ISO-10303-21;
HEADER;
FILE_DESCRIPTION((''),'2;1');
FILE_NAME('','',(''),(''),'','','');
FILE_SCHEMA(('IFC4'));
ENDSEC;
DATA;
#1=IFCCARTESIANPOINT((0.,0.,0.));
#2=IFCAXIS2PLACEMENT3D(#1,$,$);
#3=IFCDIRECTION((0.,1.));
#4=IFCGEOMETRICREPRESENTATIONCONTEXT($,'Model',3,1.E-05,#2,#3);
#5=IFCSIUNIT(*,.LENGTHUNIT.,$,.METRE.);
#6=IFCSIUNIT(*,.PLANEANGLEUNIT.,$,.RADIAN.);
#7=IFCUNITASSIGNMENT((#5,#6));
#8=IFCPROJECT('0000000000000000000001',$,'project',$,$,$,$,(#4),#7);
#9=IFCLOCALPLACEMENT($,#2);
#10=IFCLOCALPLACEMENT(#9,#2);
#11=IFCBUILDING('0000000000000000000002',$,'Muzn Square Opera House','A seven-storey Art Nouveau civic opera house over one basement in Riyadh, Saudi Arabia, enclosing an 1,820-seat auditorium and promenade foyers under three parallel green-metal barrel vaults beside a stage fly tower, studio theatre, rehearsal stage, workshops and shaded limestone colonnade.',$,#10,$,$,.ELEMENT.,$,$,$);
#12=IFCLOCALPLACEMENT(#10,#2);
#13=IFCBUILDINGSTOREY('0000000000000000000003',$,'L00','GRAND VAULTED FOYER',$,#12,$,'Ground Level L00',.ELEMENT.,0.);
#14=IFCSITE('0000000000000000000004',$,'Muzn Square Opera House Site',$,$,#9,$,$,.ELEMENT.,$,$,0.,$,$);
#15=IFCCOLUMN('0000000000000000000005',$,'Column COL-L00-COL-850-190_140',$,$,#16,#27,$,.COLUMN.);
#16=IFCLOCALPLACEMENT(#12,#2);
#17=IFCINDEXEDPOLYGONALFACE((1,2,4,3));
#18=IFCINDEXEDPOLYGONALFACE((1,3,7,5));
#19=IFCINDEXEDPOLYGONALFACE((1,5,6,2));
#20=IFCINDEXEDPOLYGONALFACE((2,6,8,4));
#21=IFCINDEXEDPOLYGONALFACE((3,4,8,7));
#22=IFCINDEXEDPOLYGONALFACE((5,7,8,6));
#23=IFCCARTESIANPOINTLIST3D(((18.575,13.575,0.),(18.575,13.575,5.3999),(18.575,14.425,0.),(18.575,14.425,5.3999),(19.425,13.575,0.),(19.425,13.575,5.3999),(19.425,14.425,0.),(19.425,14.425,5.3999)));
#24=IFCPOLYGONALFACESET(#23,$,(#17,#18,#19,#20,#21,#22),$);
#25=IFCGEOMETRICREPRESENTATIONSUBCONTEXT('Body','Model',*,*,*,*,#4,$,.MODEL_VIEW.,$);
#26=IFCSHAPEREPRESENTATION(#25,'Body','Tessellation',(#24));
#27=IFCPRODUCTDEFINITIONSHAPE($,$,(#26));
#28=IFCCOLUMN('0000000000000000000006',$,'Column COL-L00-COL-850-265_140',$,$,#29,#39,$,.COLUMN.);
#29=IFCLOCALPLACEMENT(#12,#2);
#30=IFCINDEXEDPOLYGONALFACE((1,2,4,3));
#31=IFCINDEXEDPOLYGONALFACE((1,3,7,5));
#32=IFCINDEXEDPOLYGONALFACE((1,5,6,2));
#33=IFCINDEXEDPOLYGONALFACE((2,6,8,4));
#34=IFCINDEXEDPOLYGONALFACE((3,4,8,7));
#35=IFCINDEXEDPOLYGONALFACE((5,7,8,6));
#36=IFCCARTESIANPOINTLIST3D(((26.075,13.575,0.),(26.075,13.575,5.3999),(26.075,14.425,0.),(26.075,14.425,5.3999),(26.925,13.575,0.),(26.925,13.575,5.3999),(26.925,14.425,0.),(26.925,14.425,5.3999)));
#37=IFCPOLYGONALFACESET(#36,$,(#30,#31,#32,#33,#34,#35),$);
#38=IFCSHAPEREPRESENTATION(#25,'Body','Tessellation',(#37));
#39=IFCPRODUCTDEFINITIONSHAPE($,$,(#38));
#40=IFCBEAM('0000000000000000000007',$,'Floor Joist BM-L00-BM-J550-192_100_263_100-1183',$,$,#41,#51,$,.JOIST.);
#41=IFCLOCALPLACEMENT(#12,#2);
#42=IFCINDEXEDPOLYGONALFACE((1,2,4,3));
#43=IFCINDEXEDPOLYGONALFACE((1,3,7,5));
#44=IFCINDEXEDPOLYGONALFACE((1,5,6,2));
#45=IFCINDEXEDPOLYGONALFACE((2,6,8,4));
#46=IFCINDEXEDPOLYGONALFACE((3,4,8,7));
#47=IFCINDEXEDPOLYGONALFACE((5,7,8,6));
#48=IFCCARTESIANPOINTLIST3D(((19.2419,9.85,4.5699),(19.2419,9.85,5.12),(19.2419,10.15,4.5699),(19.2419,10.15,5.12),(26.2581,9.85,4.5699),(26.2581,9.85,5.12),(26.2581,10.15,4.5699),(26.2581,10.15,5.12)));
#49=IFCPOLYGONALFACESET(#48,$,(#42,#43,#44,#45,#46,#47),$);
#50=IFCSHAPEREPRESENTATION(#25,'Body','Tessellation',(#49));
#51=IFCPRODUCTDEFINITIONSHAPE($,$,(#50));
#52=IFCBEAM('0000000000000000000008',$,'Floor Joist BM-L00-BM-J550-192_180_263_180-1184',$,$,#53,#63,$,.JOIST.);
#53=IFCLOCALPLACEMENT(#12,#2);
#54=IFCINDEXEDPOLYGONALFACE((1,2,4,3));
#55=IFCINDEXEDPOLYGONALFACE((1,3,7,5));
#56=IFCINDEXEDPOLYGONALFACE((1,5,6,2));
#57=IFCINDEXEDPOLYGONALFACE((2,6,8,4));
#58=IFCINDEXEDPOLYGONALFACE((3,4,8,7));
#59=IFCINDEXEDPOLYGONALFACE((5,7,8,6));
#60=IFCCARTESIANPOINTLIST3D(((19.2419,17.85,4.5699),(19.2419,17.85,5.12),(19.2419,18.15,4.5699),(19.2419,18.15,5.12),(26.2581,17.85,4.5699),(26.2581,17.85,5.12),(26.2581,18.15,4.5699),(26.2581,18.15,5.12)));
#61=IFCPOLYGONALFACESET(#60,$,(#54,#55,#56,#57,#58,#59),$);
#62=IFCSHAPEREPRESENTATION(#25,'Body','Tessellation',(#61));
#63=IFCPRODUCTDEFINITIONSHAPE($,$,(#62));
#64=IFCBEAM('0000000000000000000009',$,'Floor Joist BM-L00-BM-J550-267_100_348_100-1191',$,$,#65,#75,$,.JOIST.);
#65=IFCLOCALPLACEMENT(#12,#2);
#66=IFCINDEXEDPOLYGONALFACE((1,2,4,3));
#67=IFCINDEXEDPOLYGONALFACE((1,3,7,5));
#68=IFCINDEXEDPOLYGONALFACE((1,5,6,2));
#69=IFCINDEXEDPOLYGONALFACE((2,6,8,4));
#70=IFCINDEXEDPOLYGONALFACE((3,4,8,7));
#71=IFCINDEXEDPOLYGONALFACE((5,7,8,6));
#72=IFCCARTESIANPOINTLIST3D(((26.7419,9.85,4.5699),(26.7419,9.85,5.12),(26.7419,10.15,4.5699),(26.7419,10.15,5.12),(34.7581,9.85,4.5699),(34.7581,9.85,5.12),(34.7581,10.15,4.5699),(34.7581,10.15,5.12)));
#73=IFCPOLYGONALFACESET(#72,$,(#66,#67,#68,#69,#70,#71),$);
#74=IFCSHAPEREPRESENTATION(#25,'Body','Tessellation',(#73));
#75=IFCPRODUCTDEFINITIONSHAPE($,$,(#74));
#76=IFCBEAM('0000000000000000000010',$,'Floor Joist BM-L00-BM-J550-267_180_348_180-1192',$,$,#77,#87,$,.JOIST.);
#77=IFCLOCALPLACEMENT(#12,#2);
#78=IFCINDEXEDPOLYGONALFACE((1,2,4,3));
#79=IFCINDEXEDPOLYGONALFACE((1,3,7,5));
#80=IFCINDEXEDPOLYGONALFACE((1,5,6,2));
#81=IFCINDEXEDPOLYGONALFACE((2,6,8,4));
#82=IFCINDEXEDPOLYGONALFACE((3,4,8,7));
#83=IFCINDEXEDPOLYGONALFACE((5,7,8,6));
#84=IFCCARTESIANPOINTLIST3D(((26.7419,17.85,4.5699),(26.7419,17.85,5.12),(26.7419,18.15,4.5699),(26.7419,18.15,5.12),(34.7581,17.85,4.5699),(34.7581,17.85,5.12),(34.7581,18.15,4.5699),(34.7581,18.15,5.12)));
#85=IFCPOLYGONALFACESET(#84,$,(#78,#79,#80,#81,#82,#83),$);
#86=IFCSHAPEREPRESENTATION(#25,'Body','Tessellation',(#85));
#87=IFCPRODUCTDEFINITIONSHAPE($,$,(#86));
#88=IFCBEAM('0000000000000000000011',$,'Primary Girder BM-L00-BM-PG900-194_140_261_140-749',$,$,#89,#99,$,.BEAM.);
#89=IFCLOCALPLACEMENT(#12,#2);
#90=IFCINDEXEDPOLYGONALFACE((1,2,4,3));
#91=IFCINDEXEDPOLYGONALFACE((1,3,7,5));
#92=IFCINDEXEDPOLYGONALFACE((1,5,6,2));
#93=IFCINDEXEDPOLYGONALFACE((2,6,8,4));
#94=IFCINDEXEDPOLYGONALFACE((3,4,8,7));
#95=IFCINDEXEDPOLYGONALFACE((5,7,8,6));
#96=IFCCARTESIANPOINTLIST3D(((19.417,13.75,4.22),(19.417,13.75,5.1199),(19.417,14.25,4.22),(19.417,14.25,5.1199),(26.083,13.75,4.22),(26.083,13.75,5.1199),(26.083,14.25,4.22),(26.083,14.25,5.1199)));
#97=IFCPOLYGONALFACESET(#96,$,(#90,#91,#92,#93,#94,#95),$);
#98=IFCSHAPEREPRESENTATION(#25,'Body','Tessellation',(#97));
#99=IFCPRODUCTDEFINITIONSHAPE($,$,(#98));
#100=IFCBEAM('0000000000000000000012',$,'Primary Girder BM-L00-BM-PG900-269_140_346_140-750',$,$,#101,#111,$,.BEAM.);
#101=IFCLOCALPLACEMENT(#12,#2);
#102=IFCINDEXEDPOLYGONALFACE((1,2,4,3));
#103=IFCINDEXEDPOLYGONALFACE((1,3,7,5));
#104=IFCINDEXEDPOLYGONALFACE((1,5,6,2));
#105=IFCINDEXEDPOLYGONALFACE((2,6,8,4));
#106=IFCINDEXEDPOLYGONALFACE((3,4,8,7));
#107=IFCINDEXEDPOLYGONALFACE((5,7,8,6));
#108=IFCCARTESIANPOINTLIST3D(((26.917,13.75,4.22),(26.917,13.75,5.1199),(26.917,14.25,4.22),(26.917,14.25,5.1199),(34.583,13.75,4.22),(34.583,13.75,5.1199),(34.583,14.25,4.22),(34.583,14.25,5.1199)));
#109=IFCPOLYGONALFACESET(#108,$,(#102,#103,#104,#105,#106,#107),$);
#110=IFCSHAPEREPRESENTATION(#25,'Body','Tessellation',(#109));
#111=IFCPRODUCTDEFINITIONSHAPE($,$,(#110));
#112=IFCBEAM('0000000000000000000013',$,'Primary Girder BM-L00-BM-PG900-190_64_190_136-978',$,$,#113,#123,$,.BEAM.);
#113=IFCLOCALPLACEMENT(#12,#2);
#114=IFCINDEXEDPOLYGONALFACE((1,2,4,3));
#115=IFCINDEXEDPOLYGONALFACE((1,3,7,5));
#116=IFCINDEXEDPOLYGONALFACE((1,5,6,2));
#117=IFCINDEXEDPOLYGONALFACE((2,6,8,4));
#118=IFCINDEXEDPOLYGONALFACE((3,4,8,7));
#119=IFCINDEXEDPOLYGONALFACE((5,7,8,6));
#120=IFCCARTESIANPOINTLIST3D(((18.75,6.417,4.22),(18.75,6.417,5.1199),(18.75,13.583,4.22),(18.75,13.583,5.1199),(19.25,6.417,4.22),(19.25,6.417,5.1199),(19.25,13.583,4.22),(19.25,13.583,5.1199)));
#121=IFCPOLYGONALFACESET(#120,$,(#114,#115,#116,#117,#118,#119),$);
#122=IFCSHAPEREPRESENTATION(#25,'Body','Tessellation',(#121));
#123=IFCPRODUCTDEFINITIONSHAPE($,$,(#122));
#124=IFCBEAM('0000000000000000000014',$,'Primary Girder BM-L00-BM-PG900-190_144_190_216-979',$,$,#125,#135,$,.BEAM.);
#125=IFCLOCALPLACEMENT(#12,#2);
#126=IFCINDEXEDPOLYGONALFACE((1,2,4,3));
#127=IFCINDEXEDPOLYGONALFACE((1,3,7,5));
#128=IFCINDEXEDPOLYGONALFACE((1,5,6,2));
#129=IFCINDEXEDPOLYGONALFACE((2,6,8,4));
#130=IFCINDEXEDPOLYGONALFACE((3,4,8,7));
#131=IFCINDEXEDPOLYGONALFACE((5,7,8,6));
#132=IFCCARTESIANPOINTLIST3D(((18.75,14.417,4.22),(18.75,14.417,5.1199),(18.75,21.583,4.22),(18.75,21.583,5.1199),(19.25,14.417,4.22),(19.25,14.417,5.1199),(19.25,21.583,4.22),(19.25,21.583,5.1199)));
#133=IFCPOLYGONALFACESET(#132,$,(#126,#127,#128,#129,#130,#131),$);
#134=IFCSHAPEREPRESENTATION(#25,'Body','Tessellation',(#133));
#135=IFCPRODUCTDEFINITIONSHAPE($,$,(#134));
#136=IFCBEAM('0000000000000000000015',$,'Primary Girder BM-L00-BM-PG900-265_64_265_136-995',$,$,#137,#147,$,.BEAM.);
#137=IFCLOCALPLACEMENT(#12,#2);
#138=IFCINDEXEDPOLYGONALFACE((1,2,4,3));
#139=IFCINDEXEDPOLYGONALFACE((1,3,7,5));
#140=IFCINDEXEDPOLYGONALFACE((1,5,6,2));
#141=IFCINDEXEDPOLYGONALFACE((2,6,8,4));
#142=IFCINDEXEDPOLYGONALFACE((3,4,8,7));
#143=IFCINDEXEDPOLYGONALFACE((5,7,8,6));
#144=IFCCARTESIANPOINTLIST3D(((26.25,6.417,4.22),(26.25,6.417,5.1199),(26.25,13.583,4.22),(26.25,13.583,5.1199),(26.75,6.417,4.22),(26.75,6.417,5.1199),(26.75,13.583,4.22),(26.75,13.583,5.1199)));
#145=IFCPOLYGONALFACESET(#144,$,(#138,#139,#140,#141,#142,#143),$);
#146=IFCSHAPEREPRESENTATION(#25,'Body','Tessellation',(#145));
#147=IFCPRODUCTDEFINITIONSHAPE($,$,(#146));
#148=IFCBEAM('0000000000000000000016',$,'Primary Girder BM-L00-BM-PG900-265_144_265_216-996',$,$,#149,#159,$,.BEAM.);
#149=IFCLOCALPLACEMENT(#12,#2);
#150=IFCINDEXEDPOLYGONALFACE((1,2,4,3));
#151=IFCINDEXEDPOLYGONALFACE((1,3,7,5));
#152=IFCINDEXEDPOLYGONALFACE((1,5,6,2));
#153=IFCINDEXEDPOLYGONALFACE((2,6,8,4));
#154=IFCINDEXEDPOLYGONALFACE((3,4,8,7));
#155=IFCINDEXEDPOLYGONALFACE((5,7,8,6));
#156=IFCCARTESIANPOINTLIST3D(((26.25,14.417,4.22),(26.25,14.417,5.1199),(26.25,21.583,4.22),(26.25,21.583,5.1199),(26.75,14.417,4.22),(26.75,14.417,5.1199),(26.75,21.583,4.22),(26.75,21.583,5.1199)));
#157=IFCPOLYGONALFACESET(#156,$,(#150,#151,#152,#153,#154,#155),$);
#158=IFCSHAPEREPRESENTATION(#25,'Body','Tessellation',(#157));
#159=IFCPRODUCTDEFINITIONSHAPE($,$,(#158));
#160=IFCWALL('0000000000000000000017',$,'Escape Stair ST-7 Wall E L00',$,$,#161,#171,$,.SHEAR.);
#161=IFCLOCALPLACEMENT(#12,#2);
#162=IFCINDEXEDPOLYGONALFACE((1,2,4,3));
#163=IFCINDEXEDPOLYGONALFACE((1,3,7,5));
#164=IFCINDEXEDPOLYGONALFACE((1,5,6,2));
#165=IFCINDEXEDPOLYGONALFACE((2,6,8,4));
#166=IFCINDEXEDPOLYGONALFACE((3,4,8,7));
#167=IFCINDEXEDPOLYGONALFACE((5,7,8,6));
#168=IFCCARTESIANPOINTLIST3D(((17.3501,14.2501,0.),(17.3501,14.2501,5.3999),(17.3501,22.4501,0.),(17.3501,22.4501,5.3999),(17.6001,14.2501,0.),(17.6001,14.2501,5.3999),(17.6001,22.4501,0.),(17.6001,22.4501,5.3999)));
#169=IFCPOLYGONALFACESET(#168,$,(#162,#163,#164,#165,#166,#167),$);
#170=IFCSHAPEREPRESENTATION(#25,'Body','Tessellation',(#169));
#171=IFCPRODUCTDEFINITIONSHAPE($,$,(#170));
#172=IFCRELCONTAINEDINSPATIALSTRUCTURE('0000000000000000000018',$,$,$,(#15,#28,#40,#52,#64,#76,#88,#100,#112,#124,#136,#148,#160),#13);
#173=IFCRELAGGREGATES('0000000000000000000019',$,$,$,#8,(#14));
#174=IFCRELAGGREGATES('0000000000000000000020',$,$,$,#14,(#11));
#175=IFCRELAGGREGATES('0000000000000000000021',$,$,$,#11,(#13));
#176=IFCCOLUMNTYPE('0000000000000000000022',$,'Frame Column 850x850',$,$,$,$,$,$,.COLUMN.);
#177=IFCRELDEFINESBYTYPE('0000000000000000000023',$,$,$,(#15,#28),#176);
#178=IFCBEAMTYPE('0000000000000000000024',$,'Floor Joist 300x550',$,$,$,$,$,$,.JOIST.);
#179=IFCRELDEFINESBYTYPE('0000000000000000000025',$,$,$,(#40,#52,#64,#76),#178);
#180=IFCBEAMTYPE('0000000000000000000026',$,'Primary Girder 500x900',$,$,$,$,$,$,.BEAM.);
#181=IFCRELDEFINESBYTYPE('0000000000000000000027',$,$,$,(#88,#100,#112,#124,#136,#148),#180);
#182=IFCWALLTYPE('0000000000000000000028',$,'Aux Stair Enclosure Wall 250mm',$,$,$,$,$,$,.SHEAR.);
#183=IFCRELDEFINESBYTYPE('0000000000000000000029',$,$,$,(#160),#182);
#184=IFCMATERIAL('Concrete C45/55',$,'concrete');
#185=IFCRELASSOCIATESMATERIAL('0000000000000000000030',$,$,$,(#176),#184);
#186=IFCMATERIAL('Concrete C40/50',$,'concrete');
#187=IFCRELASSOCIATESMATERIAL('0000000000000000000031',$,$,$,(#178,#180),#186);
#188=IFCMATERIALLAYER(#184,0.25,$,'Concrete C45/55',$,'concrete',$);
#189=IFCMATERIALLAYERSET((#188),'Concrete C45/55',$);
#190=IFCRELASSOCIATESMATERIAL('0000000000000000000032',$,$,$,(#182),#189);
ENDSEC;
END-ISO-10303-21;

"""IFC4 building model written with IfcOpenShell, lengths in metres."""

from ifc_helpers import new_model, si_unit, direction, frame, frame_2d, origin, origin_2d, place, context, subcontext, project, spatial, rectangle, extrude, material, layer, layer_set, material_profile, profile_set, type_object, element, save


model = new_model("IFC4")

# Units and contexts
model_context = context("Model", 3, precision=1e-05, world=origin(), true_north=direction((0.0, 1.0)))
body_context = subcontext(model_context, "Body", "Model", "MODEL_VIEW")
ifc_project = project(units=[si_unit("LENGTHUNIT", "METRE"), si_unit("PLANEANGLEUNIT", "RADIAN")], contexts=[model_context])

# Site, building, storey
site_placement = place(None, origin())
site = spatial("IfcSite", under=ifc_project, at=site_placement, Name="Muzn Square Opera House Site", CompositionType="ELEMENT", RefElevation=0.0)
building_placement = place(site_placement, origin())
building = spatial("IfcBuilding", under=site, at=building_placement, Name="Muzn Square Opera House", Description="A seven-storey Art Nouveau civic opera house over one basement in Riyadh, Saudi Arabia, enclosing an 1,820-seat auditorium and promenade foyers under three parallel green-metal barrel vaults beside a stage fly tower, studio theatre, rehearsal stage, workshops and shaded limestone colonnade.", CompositionType="ELEMENT")
storey_placement = place(building_placement, origin())
storey = spatial("IfcBuildingStorey", under=building, at=storey_placement, Name="L00", Description="GRAND VAULTED FOYER", LongName="Ground Level L00", CompositionType="ELEMENT", Elevation=0.0)

# Columns
ifc_material_1 = material(Name="Concrete C45/55", Category="concrete")
ifc_material_profile_1 = material_profile(ifc_material_1, rectangle(XDim=0.8501, YDim=0.8501, at=origin_2d()), Name="RC 850x850", Category="concrete")
ifc_profile_set_1 = profile_set([ifc_material_profile_1], Name="Concrete C45/55")
column_type = type_object("IfcColumnType", Name="Frame Column 850x850", PredefinedType="COLUMN", material=ifc_profile_set_1)
for number, where, z_axis, x_axis, name in (
    (1, (19.0, 14.0, 0.0), (0.0, 0.0, 1.0), (1.0, 0.0, 0.0), "Column COL-L00-COL-850-190_140"),
    (2, (26.5, 14.0, 0.0), (0.0, 0.0, 1.0), (1.0, 0.0, 0.0), "Column COL-L00-COL-850-265_140"),
):
    element("IfcColumn", number, at=place(storey_placement, frame(where, z_axis=z_axis, x_axis=x_axis)), inside=storey, type_object=column_type, Name=name, PredefinedType="COLUMN", context=body_context, shape_type="SweptSolid", body=[
        extrude(rectangle(XDim=0.8501, YDim=0.8501, at=origin_2d()), origin(), (0.0, 0.0, 1.0), 5.3999),
    ])

# Beams
ifc_material_2 = material(Name="Concrete C40/50", Category="concrete")
ifc_material_profile_2 = material_profile(ifc_material_2, rectangle(XDim=0.3, YDim=0.55, at=origin_2d()), Name="RCJ 300x550", Category="concrete")
ifc_profile_set_2 = profile_set([ifc_material_profile_2], Name="Concrete C40/50")
beam_type_1 = type_object("IfcBeamType", Name="Floor Joist 300x550", PredefinedType="JOIST", material=ifc_profile_set_2)
for number, where, z_axis, x_axis, name in (
    (3, (19.2419, 10.0, 4.845), (1.0, 0.0, 0.0), (0.0, 1.0, 0.0), "Floor Joist BM-L00-BM-J550-192_100_263_100-1183"),
    (4, (19.2419, 18.0, 4.845), (1.0, 0.0, 0.0), (0.0, 1.0, 0.0), "Floor Joist BM-L00-BM-J550-192_180_263_180-1184"),
):
    element("IfcBeam", number, at=place(storey_placement, frame(where, z_axis=z_axis, x_axis=x_axis)), inside=storey, type_object=beam_type_1, Name=name, PredefinedType="JOIST", context=body_context, shape_type="SweptSolid", body=[
        extrude(rectangle(XDim=0.3, YDim=0.55, at=origin_2d()), origin(), (0.0, 0.0, 1.0), 7.0161),
    ])
for number, where, z_axis, x_axis, name in (
    (5, (26.7419, 10.0, 4.845), (1.0, 0.0, 0.0), (0.0, 1.0, 0.0), "Floor Joist BM-L00-BM-J550-267_100_348_100-1191"),
    (6, (26.7419, 18.0, 4.845), (1.0, 0.0, 0.0), (0.0, 1.0, 0.0), "Floor Joist BM-L00-BM-J550-267_180_348_180-1192"),
):
    element("IfcBeam", number, at=place(storey_placement, frame(where, z_axis=z_axis, x_axis=x_axis)), inside=storey, type_object=beam_type_1, Name=name, PredefinedType="JOIST", context=body_context, shape_type="SweptSolid", body=[
        extrude(rectangle(XDim=0.3, YDim=0.55, at=origin_2d()), origin(), (0.0, 0.0, 1.0), 8.0161),
    ])
ifc_material_profile_3 = material_profile(ifc_material_2, rectangle(XDim=0.5, YDim=0.8999, at=origin_2d()), Name="RCB 500x900", Category="concrete")
ifc_profile_set_3 = profile_set([ifc_material_profile_3], Name="Concrete C40/50")
beam_type_2 = type_object("IfcBeamType", Name="Primary Girder 500x900", PredefinedType="BEAM", material=ifc_profile_set_3)
beam_1_placement = place(storey_placement, frame((19.417, 14.0, 4.6699), z_axis=(1.0, 0.0, 0.0), x_axis=(0.0, 1.0, 0.0)))
element("IfcBeam", 7, at=beam_1_placement, inside=storey, type_object=beam_type_2, Name="Primary Girder BM-L00-BM-PG900-194_140_261_140-749", PredefinedType="BEAM", context=body_context, shape_type="SweptSolid", body=[
    extrude(rectangle(XDim=0.5, YDim=0.8999, at=origin_2d()), origin(), (0.0, 0.0, 1.0), 6.666),
])
beam_2_placement = place(storey_placement, frame((26.917, 14.0, 4.6699), z_axis=(1.0, 0.0, 0.0), x_axis=(0.0, 1.0, 0.0)))
element("IfcBeam", 8, at=beam_2_placement, inside=storey, type_object=beam_type_2, Name="Primary Girder BM-L00-BM-PG900-269_140_346_140-750", PredefinedType="BEAM", context=body_context, shape_type="SweptSolid", body=[
    extrude(rectangle(XDim=0.5, YDim=0.8999, at=origin_2d()), origin(), (0.0, 0.0, 1.0), 7.666),
])
for number, where, z_axis, x_axis, name in (
    (9, (19.0, 6.417, 4.6699), (0.0, 1.0, 0.0), (-1.0, 0.0, 0.0), "Primary Girder BM-L00-BM-PG900-190_64_190_136-978"),
    (10, (19.0, 14.417, 4.6699), (0.0, 1.0, 0.0), (-1.0, 0.0, 0.0), "Primary Girder BM-L00-BM-PG900-190_144_190_216-979"),
    (11, (26.5, 6.417, 4.6699), (0.0, 1.0, 0.0), (-1.0, 0.0, 0.0), "Primary Girder BM-L00-BM-PG900-265_64_265_136-995"),
    (12, (26.5, 14.417, 4.6699), (0.0, 1.0, 0.0), (-1.0, 0.0, 0.0), "Primary Girder BM-L00-BM-PG900-265_144_265_216-996"),
):
    element("IfcBeam", number, at=place(storey_placement, frame(where, z_axis=z_axis, x_axis=x_axis)), inside=storey, type_object=beam_type_2, Name=name, PredefinedType="BEAM", context=body_context, shape_type="SweptSolid", body=[
        extrude(rectangle(XDim=0.5, YDim=0.8999, at=origin_2d()), origin(), (0.0, 0.0, 1.0), 7.166),
    ])

# Wall
ifc_layer = layer(ifc_material_1, 0.25, Name="Concrete C45/55", Category="concrete")
ifc_layer_set = layer_set([ifc_layer], Name="Concrete C45/55")
wall_type = type_object("IfcWallType", Name="Aux Stair Enclosure Wall 250mm", PredefinedType="SHEAR", material=ifc_layer_set)
wall_placement = place(storey_placement, frame((17.4751, 14.25, 0.0), z_axis=(0.0, 0.0, 1.0), x_axis=(0.0, 1.0, 0.0)))
element("IfcWall", 13, at=wall_placement, inside=storey, type_object=wall_type, Name="Escape Stair ST-7 Wall E L00", PredefinedType="SHEAR", context=body_context, shape_type="SweptSolid", body=[
    extrude(rectangle(XDim=8.2, YDim=0.25, at=frame_2d((4.1001, 0.0))), origin(), (0.0, 0.0, 1.0), 5.3999),
])

save(model, "model.ifc")
